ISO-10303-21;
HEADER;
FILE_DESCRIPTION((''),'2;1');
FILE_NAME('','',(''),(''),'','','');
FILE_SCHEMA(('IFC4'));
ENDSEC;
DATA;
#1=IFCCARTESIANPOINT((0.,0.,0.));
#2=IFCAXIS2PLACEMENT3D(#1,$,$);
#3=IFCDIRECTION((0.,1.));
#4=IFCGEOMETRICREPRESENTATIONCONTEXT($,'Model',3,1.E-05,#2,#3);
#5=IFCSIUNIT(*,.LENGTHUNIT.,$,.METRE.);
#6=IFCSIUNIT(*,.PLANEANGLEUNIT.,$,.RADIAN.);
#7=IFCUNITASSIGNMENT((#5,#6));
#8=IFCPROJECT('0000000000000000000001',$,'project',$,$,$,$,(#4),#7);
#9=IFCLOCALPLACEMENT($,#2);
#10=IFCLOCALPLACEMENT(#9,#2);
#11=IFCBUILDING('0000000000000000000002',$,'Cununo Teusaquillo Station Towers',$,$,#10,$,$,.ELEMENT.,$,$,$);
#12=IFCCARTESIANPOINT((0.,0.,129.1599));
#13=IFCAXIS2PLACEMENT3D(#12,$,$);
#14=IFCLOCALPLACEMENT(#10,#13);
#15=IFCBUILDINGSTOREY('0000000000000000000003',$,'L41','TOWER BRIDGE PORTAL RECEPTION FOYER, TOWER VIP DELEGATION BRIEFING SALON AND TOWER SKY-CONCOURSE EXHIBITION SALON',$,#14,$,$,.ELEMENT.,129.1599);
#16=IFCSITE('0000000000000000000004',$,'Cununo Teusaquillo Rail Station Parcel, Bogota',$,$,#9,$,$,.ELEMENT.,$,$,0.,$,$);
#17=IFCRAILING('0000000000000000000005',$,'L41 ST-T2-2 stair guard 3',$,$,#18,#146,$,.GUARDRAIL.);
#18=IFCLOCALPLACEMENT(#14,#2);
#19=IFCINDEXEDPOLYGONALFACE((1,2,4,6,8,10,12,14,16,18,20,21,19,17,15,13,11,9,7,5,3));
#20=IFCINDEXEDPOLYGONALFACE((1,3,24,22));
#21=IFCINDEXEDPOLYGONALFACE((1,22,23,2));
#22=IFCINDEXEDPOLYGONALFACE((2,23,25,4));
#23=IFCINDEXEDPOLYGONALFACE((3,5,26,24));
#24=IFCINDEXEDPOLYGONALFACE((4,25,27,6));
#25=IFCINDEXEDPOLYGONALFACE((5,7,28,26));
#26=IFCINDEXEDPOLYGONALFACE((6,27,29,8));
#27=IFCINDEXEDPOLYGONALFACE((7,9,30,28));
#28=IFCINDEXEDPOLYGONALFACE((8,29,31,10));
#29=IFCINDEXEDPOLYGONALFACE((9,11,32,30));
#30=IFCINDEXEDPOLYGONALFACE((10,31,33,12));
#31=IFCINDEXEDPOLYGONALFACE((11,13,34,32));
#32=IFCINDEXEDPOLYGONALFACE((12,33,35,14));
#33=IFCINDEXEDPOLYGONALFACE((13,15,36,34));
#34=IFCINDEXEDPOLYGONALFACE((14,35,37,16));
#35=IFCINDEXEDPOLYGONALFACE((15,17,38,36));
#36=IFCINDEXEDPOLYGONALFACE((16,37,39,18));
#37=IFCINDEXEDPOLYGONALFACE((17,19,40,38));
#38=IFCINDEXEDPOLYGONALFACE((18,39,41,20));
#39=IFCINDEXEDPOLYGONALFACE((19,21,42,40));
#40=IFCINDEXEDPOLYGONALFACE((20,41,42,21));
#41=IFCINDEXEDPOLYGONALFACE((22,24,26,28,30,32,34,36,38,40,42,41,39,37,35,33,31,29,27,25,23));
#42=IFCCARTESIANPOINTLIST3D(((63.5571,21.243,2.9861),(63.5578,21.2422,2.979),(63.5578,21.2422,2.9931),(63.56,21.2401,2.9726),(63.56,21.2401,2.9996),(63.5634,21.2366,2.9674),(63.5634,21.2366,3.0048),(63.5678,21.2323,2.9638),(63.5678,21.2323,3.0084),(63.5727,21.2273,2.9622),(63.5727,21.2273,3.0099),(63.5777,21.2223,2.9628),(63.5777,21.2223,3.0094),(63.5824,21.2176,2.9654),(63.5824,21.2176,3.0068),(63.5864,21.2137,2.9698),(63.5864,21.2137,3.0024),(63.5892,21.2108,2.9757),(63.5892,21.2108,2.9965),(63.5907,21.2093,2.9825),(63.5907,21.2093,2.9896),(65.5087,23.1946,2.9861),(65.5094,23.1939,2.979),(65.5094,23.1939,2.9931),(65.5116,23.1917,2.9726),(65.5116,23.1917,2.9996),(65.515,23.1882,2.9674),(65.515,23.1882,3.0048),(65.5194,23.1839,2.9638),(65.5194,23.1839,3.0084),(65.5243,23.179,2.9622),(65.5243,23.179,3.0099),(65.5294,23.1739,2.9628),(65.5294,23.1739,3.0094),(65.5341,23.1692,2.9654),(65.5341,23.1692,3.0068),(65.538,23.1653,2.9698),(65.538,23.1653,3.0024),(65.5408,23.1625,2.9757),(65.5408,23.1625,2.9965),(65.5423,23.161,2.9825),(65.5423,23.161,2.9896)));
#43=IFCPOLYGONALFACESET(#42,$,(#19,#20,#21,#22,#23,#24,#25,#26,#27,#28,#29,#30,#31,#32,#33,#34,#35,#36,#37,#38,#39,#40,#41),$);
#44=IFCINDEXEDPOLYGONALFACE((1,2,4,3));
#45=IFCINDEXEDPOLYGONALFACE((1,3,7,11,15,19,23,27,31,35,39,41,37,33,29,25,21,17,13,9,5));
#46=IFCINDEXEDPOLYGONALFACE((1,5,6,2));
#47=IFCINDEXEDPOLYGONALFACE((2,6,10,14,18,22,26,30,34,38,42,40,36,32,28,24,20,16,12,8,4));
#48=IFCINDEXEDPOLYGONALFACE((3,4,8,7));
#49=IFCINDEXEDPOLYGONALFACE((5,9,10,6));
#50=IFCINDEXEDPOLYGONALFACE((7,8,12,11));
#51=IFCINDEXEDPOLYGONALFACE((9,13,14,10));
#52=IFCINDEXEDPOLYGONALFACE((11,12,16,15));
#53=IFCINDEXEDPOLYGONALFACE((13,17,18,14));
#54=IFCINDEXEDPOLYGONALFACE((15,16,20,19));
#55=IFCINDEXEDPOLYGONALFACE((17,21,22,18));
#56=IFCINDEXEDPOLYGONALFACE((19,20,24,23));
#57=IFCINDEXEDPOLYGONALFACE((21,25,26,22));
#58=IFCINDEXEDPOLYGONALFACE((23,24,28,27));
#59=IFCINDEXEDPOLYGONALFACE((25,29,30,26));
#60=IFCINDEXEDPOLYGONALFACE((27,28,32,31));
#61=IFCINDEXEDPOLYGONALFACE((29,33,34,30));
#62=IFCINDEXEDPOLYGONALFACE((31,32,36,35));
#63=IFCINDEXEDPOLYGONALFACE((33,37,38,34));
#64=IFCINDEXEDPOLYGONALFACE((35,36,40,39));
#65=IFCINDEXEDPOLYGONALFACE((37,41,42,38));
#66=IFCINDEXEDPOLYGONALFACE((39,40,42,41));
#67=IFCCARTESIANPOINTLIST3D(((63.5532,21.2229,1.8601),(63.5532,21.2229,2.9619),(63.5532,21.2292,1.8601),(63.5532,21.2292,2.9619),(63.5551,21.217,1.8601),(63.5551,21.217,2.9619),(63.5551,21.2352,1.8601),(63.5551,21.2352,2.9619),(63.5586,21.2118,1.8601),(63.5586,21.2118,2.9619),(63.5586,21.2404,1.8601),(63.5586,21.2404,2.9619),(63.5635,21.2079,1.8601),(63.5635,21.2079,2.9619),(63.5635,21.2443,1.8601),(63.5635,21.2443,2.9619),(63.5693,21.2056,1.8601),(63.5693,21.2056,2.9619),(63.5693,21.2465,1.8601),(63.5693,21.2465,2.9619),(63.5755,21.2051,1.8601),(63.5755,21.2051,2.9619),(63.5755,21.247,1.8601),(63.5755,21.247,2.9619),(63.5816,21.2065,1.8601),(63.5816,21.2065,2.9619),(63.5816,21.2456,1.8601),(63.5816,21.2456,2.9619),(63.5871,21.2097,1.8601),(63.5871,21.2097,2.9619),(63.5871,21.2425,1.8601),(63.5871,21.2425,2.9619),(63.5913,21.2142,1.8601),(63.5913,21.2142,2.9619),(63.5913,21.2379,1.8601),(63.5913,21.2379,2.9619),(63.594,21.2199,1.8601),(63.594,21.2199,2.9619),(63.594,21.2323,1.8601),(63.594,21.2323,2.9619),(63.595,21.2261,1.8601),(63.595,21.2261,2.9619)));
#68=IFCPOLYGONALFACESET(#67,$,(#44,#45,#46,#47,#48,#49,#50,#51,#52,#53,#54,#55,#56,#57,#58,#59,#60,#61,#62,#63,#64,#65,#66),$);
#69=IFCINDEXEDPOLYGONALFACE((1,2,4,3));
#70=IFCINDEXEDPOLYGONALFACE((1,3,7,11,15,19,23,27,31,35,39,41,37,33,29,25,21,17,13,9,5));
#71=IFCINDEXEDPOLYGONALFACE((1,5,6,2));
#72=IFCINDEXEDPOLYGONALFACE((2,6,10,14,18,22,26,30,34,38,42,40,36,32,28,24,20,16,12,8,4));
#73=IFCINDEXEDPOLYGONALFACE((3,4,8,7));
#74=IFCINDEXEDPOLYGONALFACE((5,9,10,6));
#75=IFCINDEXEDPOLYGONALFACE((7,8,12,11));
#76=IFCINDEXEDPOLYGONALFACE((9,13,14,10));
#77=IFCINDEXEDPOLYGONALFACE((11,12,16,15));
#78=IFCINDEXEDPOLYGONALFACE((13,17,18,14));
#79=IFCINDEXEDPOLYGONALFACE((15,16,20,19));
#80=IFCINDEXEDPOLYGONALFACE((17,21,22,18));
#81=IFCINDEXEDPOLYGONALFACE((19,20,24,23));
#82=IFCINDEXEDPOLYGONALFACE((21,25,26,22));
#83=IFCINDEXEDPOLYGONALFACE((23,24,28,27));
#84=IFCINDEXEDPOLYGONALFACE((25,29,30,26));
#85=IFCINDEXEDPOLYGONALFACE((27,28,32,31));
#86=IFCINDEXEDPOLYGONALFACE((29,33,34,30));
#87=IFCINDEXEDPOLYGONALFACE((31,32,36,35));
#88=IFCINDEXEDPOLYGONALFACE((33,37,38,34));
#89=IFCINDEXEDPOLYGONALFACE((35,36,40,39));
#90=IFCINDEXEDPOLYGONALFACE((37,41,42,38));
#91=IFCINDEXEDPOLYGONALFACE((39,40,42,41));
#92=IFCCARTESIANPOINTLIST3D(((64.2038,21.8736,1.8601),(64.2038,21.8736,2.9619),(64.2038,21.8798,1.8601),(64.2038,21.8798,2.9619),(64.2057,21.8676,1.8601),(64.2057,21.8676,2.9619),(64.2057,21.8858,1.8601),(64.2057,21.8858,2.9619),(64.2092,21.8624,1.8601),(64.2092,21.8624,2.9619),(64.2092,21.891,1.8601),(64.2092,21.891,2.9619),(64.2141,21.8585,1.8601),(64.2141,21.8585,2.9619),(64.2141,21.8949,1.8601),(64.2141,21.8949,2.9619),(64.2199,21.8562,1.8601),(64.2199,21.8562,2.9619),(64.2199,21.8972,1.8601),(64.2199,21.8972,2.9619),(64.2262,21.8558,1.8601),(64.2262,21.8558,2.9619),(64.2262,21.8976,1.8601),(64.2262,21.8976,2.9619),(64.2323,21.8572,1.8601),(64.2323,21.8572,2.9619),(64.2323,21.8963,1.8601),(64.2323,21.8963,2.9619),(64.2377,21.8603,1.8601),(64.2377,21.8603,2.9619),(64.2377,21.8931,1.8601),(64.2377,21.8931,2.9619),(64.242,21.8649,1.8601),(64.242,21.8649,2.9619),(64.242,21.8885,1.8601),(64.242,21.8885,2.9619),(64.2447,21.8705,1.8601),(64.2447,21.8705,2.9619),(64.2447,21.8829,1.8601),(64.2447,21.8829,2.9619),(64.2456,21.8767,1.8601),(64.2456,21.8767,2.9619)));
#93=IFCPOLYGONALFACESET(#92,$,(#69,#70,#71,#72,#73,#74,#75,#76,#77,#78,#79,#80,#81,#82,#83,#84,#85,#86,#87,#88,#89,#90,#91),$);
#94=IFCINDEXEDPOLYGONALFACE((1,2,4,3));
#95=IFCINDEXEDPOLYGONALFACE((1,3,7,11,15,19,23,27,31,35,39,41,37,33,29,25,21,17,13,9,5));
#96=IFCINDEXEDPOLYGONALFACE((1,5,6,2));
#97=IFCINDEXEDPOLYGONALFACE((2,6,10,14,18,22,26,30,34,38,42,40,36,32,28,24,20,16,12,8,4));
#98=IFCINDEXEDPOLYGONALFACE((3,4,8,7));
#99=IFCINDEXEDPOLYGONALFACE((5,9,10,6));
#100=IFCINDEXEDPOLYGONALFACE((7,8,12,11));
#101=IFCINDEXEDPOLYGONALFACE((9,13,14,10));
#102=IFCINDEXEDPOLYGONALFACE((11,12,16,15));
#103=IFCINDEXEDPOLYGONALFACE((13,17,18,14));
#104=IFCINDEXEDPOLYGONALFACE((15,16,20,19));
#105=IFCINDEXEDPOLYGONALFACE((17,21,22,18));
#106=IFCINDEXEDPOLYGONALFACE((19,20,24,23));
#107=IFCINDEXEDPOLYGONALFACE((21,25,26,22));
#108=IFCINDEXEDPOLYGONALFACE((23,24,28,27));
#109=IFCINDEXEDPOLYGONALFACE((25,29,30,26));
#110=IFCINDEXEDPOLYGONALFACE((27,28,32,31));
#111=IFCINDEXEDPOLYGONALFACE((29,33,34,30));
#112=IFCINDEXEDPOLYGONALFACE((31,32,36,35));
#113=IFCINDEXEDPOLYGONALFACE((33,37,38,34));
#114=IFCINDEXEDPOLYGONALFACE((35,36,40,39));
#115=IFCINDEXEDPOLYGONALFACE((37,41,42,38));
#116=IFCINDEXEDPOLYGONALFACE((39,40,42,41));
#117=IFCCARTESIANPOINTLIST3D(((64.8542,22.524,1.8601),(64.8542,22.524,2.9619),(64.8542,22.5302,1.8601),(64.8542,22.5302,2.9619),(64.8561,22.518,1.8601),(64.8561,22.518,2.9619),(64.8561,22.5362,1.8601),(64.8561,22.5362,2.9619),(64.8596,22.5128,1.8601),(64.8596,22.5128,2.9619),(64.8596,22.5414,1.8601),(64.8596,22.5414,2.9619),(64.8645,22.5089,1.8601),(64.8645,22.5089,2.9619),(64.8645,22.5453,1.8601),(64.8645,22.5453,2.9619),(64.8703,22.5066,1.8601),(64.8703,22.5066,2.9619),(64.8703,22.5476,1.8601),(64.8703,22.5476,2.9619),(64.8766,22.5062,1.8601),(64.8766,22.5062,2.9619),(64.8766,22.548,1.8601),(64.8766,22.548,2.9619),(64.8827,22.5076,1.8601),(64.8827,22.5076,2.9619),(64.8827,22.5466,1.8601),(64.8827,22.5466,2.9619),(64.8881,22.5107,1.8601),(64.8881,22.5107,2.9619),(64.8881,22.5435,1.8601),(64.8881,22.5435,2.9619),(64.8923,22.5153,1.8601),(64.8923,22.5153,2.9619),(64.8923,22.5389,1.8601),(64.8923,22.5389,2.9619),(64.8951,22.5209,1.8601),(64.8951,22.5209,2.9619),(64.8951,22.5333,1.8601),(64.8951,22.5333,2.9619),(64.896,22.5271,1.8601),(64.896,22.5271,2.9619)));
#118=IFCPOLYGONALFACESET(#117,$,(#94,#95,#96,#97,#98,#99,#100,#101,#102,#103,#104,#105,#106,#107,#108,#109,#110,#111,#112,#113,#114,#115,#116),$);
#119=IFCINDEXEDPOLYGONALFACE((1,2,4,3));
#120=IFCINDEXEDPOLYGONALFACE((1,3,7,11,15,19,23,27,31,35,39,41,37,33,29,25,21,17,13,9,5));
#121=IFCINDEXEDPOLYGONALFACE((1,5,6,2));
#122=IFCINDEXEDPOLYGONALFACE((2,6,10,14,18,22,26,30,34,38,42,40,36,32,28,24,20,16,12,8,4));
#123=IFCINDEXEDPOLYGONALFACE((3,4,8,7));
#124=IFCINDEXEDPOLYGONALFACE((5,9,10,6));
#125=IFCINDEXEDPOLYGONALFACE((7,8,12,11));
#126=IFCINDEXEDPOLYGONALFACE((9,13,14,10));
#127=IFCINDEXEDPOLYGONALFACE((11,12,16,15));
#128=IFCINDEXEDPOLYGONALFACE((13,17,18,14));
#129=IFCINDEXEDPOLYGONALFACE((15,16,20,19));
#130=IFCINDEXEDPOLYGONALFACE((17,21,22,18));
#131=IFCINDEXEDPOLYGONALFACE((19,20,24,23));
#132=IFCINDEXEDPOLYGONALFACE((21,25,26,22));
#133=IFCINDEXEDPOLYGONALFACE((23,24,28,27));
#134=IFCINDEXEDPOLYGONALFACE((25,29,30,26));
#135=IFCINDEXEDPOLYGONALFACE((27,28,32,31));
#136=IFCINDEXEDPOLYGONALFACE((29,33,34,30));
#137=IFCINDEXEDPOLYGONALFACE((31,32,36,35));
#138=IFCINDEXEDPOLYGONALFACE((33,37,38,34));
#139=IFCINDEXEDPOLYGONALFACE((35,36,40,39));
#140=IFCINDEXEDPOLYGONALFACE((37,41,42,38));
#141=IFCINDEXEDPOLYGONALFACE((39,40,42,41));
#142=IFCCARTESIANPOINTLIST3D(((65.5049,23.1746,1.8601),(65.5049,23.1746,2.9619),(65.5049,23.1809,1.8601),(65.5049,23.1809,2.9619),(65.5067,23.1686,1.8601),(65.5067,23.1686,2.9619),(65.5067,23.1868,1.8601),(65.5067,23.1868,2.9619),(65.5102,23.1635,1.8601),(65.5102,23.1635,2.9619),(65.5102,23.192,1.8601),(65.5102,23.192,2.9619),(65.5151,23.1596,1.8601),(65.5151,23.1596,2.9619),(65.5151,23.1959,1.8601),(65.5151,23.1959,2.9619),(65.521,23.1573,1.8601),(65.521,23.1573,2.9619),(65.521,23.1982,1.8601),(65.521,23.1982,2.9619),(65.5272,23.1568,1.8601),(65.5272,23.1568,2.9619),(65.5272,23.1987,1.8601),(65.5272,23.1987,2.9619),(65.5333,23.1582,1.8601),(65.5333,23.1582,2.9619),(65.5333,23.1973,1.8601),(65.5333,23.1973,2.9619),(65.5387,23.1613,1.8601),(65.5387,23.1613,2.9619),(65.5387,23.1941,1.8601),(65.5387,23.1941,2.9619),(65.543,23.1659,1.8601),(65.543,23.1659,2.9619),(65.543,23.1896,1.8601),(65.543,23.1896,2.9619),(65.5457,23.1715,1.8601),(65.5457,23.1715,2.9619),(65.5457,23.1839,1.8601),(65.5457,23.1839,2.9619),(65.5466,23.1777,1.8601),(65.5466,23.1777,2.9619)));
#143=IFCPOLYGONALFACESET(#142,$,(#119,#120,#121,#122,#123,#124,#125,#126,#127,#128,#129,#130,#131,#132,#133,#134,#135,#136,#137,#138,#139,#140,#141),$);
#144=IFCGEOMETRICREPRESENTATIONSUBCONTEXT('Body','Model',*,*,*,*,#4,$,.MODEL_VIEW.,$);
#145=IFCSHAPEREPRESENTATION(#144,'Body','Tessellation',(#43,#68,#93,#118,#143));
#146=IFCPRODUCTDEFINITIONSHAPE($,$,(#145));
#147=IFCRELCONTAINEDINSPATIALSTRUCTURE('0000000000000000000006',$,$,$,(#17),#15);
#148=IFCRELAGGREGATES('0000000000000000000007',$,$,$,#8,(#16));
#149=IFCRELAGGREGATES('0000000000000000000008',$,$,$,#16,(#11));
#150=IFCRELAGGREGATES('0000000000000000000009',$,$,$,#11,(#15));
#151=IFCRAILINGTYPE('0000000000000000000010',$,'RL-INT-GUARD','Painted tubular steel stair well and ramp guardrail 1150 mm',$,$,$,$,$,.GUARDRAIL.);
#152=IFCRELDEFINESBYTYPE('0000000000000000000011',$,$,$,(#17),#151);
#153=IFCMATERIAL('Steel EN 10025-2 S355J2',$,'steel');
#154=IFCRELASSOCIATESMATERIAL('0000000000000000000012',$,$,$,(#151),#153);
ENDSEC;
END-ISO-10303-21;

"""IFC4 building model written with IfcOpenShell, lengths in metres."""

from ifc_helpers import new_model, si_unit, direction, frame, origin, origin_2d, place, context, subcontext, project, spatial, circle, extrude, material, type_object, element, save


model = new_model("IFC4")

# Units and contexts
model_context = context("Model", 3, precision=1e-05, world=origin(), true_north=direction((0.0, 1.0)))
body_context = subcontext(model_context, "Body", "Model", "MODEL_VIEW")
ifc_project = project(units=[si_unit("LENGTHUNIT", "METRE"), si_unit("PLANEANGLEUNIT", "RADIAN")], contexts=[model_context])

# Site, building, storey
site_placement = place(None, origin())
site = spatial("IfcSite", under=ifc_project, at=site_placement, Name="Cununo Teusaquillo Rail Station Parcel, Bogota", CompositionType="ELEMENT", RefElevation=0.0)
building_placement = place(site_placement, origin())
building = spatial("IfcBuilding", under=site, at=building_placement, Name="Cununo Teusaquillo Station Towers", CompositionType="ELEMENT")
storey_placement = place(building_placement, frame((0.0, 0.0, 129.1599)))
storey = spatial("IfcBuildingStorey", under=building, at=storey_placement, Name="L41", Description="TOWER BRIDGE PORTAL RECEPTION FOYER, TOWER VIP DELEGATION BRIEFING SALON AND TOWER SKY-CONCOURSE EXHIBITION SALON", CompositionType="ELEMENT", Elevation=129.1599)

# Railing
ifc_material_1 = material(Name="Steel EN 10025-2 S355J2", Category="steel")
railing_type = type_object("IfcRailingType", Name="RL-INT-GUARD", Description="Painted tubular steel stair well and ramp guardrail 1150 mm", PredefinedType="GUARDRAIL", material=ifc_material_1)
railing_1_placement = place(storey_placement, frame((63.574, 21.2261, 1.8601)))
element("IfcRailing", 1, at=railing_1_placement, inside=storey, type_object=railing_type, Name="L41 ST-T2-2 stair guard 3", PredefinedType="GUARDRAIL", context=body_context, shape_type="SweptSolid", body=[
    extrude(circle(Radius=0.0239, at=origin_2d()), frame((0.0, 0.0, 1.126), z_axis=(0.707107, 0.707107, 0.0), x_axis=(-0.707107, 0.707107, 0.0)), (0.0, 0.0, 1.0), 2.76),
    extrude(circle(Radius=0.021, at=origin_2d()), origin(), (0.0, 0.0, 1.0), 1.1018),
    extrude(circle(Radius=0.021, at=origin_2d()), frame((0.6506, 0.6506, 0.0)), (0.0, 0.0, 1.0), 1.1018),
    extrude(circle(Radius=0.021, at=origin_2d()), frame((1.301, 1.301, 0.0)), (0.0, 0.0, 1.0), 1.1018),
    extrude(circle(Radius=0.021, at=origin_2d()), frame((1.9517, 1.9517, 0.0)), (0.0, 0.0, 1.0), 1.1018),
])

save(model, "model.ifc")
